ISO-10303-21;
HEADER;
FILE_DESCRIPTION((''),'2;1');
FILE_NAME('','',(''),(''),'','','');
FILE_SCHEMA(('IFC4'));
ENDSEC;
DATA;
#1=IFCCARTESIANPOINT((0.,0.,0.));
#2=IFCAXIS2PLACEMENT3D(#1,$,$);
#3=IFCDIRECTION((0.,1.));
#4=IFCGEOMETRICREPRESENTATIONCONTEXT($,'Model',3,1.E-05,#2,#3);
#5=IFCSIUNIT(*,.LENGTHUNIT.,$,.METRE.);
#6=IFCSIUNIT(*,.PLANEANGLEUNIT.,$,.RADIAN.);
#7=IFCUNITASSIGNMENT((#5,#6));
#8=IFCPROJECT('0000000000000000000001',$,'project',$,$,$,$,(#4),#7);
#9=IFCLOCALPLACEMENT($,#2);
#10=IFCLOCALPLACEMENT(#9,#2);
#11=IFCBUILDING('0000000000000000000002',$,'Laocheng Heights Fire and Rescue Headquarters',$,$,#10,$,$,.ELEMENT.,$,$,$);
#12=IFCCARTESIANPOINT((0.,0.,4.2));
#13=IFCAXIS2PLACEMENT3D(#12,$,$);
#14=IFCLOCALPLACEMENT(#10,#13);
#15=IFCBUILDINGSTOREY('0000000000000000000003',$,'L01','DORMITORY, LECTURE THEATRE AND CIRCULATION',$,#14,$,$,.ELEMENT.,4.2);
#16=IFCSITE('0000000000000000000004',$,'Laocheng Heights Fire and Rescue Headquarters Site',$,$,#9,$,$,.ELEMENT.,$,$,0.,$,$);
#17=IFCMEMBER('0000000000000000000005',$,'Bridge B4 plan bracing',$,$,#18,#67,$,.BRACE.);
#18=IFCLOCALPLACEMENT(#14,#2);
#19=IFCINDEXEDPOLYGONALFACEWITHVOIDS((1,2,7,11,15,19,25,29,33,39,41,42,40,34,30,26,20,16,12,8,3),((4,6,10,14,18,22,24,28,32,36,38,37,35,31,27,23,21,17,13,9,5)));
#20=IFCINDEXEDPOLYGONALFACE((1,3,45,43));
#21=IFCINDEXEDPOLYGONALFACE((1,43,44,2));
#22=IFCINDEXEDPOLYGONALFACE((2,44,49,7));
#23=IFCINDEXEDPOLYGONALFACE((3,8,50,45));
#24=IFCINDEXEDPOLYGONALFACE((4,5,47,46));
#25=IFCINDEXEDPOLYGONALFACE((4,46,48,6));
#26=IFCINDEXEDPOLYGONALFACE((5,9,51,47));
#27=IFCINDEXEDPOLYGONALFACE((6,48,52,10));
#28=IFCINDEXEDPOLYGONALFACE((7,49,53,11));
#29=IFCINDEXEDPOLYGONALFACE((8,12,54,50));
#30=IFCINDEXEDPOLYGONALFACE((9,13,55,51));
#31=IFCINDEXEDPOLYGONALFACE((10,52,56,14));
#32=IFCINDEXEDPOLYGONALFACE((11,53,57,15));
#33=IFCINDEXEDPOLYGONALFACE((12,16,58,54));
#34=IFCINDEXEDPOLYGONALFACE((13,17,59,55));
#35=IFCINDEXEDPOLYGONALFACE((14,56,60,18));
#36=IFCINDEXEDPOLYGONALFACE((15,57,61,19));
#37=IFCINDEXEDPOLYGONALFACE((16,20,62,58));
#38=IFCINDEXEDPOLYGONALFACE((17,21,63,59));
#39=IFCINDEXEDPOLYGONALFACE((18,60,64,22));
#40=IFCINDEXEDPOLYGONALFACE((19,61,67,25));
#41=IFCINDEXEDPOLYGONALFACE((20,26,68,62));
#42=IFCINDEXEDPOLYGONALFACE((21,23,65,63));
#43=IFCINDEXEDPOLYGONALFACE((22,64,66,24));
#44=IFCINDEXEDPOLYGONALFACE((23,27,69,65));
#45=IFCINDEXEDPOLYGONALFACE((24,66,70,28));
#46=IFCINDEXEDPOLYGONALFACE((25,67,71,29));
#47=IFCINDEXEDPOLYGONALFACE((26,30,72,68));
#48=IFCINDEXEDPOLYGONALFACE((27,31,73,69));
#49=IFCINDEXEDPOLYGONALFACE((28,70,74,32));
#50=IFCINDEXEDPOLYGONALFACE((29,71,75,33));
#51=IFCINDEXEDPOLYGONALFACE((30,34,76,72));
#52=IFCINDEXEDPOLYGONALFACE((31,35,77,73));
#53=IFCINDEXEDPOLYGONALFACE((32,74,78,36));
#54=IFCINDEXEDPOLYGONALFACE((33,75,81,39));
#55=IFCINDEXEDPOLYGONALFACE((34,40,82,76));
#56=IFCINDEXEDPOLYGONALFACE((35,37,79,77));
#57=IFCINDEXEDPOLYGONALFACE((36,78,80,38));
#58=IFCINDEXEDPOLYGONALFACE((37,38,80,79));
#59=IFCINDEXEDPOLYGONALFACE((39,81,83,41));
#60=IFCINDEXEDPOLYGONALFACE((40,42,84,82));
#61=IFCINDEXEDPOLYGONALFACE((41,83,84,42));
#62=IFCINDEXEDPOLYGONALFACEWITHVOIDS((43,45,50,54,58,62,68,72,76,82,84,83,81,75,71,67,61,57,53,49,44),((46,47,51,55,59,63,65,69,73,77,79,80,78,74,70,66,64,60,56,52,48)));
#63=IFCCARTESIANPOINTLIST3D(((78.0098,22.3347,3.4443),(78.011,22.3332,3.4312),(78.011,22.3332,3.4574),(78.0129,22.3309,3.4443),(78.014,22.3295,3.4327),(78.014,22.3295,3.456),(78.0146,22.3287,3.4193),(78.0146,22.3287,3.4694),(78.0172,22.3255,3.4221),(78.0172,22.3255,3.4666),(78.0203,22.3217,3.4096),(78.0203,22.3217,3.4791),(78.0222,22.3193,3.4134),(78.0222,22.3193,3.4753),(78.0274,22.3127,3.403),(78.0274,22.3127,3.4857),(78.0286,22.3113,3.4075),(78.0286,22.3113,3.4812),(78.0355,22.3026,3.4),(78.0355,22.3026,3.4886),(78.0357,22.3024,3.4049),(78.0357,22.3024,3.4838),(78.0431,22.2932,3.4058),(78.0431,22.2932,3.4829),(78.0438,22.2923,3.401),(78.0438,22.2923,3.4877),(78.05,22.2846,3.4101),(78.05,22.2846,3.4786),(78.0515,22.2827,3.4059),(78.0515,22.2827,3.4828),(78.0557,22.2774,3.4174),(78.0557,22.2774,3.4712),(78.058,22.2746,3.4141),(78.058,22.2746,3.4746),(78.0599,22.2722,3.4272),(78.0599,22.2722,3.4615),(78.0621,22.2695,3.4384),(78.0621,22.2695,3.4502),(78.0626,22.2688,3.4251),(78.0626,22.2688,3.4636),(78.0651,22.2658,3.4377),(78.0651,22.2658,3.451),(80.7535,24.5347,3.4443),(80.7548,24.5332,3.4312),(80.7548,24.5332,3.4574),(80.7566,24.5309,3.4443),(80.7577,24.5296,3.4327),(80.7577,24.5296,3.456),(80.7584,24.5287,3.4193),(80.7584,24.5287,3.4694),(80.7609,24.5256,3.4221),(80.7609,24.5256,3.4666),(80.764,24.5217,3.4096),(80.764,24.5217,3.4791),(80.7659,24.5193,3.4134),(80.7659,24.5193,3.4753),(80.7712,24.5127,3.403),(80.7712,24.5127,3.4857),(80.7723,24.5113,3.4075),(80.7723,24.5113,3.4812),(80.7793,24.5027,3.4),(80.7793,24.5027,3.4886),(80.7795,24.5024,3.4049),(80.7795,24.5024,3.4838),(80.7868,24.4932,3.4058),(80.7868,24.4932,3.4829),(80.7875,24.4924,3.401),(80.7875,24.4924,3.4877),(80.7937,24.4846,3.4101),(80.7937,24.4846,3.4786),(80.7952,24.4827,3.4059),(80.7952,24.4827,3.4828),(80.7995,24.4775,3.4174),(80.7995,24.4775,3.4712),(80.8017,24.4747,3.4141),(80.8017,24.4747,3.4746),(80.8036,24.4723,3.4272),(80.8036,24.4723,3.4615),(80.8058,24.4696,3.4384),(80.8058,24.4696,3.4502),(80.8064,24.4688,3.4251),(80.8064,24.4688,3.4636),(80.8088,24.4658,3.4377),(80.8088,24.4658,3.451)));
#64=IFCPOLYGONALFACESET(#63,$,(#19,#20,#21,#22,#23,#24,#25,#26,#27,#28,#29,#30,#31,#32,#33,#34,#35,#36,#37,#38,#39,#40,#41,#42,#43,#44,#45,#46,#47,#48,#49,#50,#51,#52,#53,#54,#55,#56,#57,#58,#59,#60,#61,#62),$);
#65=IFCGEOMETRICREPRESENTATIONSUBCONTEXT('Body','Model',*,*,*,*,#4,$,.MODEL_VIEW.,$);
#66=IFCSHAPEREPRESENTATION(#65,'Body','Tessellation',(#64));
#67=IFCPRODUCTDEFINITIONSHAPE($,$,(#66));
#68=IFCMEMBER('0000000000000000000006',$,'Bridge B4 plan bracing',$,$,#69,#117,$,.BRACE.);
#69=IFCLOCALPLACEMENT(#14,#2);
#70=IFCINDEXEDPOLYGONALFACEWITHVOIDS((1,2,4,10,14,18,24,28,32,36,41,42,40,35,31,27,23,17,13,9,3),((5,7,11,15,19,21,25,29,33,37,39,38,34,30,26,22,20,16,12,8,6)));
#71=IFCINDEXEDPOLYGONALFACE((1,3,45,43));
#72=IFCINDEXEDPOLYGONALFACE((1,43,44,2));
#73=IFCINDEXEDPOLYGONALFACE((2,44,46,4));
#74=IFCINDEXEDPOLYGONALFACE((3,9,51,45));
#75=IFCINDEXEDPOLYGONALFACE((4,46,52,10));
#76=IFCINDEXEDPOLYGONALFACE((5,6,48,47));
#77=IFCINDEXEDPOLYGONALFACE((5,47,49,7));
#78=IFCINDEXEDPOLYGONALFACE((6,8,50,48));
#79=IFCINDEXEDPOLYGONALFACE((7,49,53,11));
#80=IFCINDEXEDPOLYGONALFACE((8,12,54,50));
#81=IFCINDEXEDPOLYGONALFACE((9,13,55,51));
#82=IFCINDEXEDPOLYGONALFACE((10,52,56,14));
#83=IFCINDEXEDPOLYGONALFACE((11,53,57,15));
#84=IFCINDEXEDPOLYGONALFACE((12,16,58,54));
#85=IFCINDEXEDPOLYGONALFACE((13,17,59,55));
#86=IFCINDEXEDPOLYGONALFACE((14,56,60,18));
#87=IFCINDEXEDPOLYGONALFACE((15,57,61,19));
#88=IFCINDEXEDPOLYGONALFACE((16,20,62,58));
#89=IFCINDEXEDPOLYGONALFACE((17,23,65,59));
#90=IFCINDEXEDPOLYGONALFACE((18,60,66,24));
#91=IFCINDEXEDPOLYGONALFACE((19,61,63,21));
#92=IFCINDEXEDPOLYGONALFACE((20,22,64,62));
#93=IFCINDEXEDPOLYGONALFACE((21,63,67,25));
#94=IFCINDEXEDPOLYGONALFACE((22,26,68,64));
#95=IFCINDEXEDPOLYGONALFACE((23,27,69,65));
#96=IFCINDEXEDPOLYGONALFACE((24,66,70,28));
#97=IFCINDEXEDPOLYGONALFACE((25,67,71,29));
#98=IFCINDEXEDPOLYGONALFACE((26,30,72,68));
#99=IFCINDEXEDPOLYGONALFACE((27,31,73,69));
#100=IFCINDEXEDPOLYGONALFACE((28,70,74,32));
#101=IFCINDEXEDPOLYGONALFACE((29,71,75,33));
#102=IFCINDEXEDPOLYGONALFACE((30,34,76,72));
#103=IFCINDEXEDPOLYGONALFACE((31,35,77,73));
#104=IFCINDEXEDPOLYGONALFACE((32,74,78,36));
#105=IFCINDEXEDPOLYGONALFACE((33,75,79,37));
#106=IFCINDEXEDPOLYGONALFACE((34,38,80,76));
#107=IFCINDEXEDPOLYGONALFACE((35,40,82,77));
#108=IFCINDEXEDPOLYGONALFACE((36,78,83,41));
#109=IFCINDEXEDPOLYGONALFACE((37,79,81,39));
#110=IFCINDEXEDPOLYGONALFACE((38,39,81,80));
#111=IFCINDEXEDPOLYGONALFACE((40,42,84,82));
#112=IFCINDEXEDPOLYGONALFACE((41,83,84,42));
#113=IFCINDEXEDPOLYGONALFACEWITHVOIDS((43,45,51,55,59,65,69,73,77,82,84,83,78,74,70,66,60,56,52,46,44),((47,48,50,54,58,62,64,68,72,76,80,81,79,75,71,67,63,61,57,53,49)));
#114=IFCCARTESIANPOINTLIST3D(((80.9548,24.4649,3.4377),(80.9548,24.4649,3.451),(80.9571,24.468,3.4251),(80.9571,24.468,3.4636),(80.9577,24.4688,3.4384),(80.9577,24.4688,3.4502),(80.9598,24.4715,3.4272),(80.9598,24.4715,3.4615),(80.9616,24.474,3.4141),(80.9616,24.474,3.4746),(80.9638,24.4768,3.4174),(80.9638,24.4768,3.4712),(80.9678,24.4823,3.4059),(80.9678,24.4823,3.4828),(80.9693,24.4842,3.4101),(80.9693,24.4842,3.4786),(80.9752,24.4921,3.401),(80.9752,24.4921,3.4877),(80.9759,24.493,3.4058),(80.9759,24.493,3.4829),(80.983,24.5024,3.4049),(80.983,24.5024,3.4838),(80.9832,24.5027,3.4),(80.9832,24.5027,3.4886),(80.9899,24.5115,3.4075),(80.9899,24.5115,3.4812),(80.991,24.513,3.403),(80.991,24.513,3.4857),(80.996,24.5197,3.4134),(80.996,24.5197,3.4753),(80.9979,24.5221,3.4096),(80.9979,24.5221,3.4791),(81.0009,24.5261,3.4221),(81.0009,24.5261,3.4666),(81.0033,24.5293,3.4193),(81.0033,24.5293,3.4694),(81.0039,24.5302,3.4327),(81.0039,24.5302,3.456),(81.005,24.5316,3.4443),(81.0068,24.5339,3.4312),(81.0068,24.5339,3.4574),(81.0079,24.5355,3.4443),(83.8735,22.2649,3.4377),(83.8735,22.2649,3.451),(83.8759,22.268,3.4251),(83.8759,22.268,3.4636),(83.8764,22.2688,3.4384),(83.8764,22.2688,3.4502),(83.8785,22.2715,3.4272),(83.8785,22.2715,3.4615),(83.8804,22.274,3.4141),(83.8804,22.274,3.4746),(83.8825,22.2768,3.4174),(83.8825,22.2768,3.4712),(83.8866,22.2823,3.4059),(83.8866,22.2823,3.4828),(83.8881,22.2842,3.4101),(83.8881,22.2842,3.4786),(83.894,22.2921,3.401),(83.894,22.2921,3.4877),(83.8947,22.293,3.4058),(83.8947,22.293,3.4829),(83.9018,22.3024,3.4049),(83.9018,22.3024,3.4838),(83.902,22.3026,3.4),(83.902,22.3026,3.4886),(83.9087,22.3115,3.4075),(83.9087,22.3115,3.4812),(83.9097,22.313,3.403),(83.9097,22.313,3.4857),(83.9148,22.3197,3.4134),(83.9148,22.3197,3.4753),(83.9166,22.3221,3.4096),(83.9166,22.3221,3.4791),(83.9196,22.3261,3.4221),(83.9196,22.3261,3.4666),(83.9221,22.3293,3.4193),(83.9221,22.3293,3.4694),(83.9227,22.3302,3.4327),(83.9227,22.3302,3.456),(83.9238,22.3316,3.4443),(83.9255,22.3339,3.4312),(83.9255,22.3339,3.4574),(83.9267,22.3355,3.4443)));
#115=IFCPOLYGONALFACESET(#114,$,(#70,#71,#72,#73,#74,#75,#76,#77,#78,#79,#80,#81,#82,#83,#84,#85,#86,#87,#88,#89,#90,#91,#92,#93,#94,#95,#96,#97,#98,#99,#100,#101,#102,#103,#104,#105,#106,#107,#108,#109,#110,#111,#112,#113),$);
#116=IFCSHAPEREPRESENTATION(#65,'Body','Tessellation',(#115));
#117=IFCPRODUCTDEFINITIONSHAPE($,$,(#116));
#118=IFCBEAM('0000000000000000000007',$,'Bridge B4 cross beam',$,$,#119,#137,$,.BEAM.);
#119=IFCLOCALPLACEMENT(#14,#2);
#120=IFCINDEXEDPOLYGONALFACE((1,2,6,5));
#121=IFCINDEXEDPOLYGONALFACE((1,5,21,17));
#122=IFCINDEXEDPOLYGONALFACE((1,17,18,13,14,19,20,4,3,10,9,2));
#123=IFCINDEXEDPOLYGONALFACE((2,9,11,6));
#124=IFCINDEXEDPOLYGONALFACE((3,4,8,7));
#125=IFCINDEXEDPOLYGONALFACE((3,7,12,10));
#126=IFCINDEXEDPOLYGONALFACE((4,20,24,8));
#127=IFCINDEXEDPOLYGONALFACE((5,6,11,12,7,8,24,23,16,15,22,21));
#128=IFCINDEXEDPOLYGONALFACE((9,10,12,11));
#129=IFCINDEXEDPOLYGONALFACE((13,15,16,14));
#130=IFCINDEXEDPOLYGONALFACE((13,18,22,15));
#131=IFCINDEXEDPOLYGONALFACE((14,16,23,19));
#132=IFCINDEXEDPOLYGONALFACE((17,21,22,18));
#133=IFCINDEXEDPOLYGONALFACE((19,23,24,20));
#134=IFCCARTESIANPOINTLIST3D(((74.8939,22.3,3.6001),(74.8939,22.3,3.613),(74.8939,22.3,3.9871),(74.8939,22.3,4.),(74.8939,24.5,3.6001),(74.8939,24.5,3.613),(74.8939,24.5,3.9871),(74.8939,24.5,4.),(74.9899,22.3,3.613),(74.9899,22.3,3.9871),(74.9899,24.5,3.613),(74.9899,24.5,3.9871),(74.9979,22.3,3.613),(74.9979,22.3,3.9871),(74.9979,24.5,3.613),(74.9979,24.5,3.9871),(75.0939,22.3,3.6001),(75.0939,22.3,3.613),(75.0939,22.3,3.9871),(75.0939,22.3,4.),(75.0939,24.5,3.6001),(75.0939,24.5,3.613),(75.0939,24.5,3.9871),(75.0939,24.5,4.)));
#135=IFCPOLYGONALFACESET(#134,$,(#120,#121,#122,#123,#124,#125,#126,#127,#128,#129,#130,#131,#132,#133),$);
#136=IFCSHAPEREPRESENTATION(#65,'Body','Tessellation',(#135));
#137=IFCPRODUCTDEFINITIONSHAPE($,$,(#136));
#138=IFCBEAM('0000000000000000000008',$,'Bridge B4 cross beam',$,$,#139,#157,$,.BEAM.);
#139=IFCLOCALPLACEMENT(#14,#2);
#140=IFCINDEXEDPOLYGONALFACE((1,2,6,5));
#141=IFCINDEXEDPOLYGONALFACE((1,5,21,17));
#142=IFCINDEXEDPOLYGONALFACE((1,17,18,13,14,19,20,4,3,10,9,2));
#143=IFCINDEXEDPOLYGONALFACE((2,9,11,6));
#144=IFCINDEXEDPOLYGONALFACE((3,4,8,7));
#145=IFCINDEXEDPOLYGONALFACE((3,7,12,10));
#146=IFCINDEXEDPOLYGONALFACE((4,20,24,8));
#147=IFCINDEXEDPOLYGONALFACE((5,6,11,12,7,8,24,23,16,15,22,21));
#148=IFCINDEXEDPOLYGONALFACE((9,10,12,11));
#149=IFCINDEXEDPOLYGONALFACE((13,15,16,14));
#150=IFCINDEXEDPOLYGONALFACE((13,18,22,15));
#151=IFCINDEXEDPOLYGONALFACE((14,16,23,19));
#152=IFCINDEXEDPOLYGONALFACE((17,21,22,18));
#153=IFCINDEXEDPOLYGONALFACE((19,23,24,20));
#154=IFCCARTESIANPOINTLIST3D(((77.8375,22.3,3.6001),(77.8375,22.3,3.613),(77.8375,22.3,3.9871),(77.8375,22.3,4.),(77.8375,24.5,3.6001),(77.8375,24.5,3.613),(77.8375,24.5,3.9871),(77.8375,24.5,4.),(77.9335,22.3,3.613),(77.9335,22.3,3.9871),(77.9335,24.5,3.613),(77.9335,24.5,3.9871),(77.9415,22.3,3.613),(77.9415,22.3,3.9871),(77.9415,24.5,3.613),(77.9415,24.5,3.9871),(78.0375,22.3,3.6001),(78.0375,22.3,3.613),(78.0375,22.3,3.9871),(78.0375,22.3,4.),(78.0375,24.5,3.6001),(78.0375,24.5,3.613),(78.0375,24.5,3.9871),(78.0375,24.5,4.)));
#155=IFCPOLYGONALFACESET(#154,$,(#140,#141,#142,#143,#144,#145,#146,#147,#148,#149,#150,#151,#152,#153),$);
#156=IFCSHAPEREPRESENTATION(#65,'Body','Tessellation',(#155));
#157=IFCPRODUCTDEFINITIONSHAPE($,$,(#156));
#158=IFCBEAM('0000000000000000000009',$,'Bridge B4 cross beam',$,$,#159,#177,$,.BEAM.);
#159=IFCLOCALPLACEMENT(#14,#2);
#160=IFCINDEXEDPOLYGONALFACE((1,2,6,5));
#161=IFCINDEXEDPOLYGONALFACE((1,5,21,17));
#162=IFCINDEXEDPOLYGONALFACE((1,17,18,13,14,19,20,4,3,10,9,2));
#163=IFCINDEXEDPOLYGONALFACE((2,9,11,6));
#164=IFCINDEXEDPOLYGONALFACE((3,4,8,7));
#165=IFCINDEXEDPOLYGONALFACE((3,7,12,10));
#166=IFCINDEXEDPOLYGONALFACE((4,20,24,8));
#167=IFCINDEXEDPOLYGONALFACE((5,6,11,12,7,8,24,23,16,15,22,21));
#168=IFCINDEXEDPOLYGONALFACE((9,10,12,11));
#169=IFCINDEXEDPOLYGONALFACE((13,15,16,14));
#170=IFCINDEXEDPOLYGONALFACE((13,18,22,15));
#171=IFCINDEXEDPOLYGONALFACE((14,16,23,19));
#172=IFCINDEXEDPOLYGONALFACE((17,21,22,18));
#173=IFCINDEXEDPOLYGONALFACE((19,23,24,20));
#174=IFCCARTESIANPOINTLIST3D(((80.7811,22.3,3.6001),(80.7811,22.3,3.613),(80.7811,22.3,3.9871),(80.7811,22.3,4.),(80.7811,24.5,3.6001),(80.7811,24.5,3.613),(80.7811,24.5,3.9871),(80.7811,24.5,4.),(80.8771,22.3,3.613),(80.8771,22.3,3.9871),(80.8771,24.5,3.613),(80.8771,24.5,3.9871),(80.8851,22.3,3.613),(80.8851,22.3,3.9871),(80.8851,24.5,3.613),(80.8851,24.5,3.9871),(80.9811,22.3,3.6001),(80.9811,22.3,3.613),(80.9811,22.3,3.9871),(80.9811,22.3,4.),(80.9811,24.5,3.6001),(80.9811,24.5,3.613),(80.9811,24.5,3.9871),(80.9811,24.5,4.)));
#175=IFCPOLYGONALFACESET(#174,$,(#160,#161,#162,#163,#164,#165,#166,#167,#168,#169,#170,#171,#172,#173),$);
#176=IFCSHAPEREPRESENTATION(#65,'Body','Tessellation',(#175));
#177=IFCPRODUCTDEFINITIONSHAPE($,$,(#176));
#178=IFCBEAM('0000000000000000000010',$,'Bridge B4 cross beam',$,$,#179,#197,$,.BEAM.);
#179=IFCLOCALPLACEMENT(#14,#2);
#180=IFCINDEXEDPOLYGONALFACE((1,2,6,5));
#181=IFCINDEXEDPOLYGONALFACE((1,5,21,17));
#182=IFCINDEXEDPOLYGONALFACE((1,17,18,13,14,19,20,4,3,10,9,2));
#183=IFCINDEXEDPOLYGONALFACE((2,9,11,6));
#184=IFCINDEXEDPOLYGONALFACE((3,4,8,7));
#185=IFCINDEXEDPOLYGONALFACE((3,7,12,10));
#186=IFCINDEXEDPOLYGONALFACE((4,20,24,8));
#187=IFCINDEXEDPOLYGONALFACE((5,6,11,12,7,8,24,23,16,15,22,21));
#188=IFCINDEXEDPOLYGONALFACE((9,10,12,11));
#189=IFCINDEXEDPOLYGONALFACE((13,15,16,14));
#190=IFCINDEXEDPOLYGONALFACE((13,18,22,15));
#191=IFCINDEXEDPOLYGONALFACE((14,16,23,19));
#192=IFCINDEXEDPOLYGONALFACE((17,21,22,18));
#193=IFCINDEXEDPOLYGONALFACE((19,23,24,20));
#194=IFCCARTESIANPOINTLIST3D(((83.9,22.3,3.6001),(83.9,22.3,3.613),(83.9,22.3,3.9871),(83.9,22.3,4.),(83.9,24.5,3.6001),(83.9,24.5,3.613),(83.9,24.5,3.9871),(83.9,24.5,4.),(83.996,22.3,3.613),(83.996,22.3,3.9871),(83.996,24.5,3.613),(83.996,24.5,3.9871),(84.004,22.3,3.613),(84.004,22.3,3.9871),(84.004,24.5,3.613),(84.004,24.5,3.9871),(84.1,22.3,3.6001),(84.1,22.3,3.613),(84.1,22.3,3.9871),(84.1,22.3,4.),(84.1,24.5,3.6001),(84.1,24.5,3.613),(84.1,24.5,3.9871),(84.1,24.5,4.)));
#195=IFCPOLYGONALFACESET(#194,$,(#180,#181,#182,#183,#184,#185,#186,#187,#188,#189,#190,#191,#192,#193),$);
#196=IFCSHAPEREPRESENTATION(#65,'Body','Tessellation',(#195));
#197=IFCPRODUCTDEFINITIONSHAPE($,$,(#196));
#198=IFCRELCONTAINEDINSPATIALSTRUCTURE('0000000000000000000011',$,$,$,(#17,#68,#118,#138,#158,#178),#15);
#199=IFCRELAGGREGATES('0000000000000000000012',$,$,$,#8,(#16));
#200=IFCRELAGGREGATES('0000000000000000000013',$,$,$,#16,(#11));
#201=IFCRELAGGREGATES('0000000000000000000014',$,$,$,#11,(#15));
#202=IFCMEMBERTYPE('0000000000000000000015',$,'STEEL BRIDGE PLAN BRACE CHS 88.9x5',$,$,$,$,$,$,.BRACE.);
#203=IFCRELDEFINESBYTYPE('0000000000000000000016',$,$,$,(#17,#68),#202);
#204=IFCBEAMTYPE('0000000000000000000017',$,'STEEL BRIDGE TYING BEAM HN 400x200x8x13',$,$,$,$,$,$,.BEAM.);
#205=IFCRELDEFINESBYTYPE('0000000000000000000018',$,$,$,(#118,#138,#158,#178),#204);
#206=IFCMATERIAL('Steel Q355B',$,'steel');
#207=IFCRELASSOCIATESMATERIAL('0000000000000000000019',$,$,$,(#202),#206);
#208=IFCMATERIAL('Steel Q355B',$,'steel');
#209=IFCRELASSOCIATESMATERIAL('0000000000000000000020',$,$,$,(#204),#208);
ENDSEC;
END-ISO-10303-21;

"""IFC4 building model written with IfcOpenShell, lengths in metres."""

from ifc_helpers import new_model, si_unit, direction, frame, origin, origin_2d, place, context, subcontext, project, spatial, hollow_circle, i_section, extrude, material, material_profile, profile_set, type_object, element, save


model = new_model("IFC4")

# Units and contexts
model_context = context("Model", 3, precision=1e-05, world=origin(), true_north=direction((0.0, 1.0)))
body_context = subcontext(model_context, "Body", "Model", "MODEL_VIEW")
ifc_project = project(units=[si_unit("LENGTHUNIT", "METRE"), si_unit("PLANEANGLEUNIT", "RADIAN")], contexts=[model_context])

# Site, building, storey
site_placement = place(None, origin())
site = spatial("IfcSite", under=ifc_project, at=site_placement, Name="Laocheng Heights Fire and Rescue Headquarters Site", CompositionType="ELEMENT", RefElevation=0.0)
building_placement = place(site_placement, origin())
building = spatial("IfcBuilding", under=site, at=building_placement, Name="Laocheng Heights Fire and Rescue Headquarters", CompositionType="ELEMENT")
storey_placement = place(building_placement, frame((0.0, 0.0, 4.2)))
storey = spatial("IfcBuildingStorey", under=building, at=storey_placement, Name="L01", Description="DORMITORY, LECTURE THEATRE AND CIRCULATION", CompositionType="ELEMENT", Elevation=4.2)

# Members
ifc_material_1 = material(Name="Steel Q355B", Category="steel")
ifc_material_profile_1 = material_profile(ifc_material_1, hollow_circle(Radius=0.0444, WallThickness=0.0049, at=origin_2d()), Name="CHS 88.9x5")
ifc_profile_set_1 = profile_set([ifc_material_profile_1], Name="Steel Q355B")
member_type = type_object("IfcMemberType", Name="STEEL BRIDGE PLAN BRACE CHS 88.9x5", PredefinedType="BRACE", material=ifc_profile_set_1)
for number, where, z_axis, x_axis, name in (
    (1, (78.0376, 22.3, 3.4443), (0.780171, 0.625567, 0.0), (-0.625567, 0.780171, 0.0), "Bridge B4 plan bracing"),
):
    element("IfcMember", number, at=place(storey_placement, frame(where, z_axis=z_axis, x_axis=x_axis)), inside=storey, type_object=member_type, Name=name, PredefinedType="BRACE", context=body_context, shape_type="SweptSolid", body=[
        extrude(hollow_circle(Radius=0.0444, WallThickness=0.0049, at=origin_2d()), origin(), (0.0, 0.0, 1.0), 3.5168),
    ])
member_1_placement = place(storey_placement, frame((80.9812, 24.5, 3.4443), z_axis=(0.798563, -0.601911, 0.0), x_axis=(0.601911, 0.798563, 0.0)))
element("IfcMember", 2, at=member_1_placement, inside=storey, type_object=member_type, Name="Bridge B4 plan bracing", PredefinedType="BRACE", context=body_context, shape_type="SweptSolid", body=[
    extrude(hollow_circle(Radius=0.0444, WallThickness=0.0049, at=origin_2d()), origin(), (0.0, 0.0, 1.0), 3.655),
])

# Beams
ifc_material_2 = material(Name="Steel Q355B", Category="steel")
ifc_material_profile_2 = material_profile(ifc_material_2, i_section(OverallWidth=0.2, OverallDepth=0.3999, WebThickness=0.0081, FlangeThickness=0.0129, at=origin_2d()), Name="HN 400x200x8x13")
ifc_profile_set_2 = profile_set([ifc_material_profile_2], Name="Steel Q355B")
beam_type_1 = type_object("IfcBeamType", Name="STEEL BRIDGE TYING BEAM HN 400x200x8x13", PredefinedType="BEAM", material=ifc_profile_set_2)
for number, where, z_axis, x_axis, name in (
    (3, (74.9939, 22.3, 3.8), (0.0, 1.0, 0.0), (-1.0, 0.0, 0.0), "Bridge B4 cross beam"),
    (4, (77.9375, 22.3, 3.8), (0.0, 1.0, 0.0), (-1.0, 0.0, 0.0), "Bridge B4 cross beam"),
    (5, (80.8811, 22.3, 3.8), (0.0, 1.0, 0.0), (-1.0, 0.0, 0.0), "Bridge B4 cross beam"),
    (6, (84.0, 22.3, 3.8), (0.0, 1.0, 0.0), (-1.0, 0.0, 0.0), "Bridge B4 cross beam"),
):
    element("IfcBeam", number, at=place(storey_placement, frame(where, z_axis=z_axis, x_axis=x_axis)), inside=storey, type_object=beam_type_1, Name=name, PredefinedType="BEAM", context=body_context, shape_type="SweptSolid", body=[
        extrude(i_section(OverallWidth=0.2, OverallDepth=0.3999, WebThickness=0.0081, FlangeThickness=0.0129, at=origin_2d()), origin(), (0.0, 0.0, 1.0), 2.2),
    ])

save(model, "model.ifc")
